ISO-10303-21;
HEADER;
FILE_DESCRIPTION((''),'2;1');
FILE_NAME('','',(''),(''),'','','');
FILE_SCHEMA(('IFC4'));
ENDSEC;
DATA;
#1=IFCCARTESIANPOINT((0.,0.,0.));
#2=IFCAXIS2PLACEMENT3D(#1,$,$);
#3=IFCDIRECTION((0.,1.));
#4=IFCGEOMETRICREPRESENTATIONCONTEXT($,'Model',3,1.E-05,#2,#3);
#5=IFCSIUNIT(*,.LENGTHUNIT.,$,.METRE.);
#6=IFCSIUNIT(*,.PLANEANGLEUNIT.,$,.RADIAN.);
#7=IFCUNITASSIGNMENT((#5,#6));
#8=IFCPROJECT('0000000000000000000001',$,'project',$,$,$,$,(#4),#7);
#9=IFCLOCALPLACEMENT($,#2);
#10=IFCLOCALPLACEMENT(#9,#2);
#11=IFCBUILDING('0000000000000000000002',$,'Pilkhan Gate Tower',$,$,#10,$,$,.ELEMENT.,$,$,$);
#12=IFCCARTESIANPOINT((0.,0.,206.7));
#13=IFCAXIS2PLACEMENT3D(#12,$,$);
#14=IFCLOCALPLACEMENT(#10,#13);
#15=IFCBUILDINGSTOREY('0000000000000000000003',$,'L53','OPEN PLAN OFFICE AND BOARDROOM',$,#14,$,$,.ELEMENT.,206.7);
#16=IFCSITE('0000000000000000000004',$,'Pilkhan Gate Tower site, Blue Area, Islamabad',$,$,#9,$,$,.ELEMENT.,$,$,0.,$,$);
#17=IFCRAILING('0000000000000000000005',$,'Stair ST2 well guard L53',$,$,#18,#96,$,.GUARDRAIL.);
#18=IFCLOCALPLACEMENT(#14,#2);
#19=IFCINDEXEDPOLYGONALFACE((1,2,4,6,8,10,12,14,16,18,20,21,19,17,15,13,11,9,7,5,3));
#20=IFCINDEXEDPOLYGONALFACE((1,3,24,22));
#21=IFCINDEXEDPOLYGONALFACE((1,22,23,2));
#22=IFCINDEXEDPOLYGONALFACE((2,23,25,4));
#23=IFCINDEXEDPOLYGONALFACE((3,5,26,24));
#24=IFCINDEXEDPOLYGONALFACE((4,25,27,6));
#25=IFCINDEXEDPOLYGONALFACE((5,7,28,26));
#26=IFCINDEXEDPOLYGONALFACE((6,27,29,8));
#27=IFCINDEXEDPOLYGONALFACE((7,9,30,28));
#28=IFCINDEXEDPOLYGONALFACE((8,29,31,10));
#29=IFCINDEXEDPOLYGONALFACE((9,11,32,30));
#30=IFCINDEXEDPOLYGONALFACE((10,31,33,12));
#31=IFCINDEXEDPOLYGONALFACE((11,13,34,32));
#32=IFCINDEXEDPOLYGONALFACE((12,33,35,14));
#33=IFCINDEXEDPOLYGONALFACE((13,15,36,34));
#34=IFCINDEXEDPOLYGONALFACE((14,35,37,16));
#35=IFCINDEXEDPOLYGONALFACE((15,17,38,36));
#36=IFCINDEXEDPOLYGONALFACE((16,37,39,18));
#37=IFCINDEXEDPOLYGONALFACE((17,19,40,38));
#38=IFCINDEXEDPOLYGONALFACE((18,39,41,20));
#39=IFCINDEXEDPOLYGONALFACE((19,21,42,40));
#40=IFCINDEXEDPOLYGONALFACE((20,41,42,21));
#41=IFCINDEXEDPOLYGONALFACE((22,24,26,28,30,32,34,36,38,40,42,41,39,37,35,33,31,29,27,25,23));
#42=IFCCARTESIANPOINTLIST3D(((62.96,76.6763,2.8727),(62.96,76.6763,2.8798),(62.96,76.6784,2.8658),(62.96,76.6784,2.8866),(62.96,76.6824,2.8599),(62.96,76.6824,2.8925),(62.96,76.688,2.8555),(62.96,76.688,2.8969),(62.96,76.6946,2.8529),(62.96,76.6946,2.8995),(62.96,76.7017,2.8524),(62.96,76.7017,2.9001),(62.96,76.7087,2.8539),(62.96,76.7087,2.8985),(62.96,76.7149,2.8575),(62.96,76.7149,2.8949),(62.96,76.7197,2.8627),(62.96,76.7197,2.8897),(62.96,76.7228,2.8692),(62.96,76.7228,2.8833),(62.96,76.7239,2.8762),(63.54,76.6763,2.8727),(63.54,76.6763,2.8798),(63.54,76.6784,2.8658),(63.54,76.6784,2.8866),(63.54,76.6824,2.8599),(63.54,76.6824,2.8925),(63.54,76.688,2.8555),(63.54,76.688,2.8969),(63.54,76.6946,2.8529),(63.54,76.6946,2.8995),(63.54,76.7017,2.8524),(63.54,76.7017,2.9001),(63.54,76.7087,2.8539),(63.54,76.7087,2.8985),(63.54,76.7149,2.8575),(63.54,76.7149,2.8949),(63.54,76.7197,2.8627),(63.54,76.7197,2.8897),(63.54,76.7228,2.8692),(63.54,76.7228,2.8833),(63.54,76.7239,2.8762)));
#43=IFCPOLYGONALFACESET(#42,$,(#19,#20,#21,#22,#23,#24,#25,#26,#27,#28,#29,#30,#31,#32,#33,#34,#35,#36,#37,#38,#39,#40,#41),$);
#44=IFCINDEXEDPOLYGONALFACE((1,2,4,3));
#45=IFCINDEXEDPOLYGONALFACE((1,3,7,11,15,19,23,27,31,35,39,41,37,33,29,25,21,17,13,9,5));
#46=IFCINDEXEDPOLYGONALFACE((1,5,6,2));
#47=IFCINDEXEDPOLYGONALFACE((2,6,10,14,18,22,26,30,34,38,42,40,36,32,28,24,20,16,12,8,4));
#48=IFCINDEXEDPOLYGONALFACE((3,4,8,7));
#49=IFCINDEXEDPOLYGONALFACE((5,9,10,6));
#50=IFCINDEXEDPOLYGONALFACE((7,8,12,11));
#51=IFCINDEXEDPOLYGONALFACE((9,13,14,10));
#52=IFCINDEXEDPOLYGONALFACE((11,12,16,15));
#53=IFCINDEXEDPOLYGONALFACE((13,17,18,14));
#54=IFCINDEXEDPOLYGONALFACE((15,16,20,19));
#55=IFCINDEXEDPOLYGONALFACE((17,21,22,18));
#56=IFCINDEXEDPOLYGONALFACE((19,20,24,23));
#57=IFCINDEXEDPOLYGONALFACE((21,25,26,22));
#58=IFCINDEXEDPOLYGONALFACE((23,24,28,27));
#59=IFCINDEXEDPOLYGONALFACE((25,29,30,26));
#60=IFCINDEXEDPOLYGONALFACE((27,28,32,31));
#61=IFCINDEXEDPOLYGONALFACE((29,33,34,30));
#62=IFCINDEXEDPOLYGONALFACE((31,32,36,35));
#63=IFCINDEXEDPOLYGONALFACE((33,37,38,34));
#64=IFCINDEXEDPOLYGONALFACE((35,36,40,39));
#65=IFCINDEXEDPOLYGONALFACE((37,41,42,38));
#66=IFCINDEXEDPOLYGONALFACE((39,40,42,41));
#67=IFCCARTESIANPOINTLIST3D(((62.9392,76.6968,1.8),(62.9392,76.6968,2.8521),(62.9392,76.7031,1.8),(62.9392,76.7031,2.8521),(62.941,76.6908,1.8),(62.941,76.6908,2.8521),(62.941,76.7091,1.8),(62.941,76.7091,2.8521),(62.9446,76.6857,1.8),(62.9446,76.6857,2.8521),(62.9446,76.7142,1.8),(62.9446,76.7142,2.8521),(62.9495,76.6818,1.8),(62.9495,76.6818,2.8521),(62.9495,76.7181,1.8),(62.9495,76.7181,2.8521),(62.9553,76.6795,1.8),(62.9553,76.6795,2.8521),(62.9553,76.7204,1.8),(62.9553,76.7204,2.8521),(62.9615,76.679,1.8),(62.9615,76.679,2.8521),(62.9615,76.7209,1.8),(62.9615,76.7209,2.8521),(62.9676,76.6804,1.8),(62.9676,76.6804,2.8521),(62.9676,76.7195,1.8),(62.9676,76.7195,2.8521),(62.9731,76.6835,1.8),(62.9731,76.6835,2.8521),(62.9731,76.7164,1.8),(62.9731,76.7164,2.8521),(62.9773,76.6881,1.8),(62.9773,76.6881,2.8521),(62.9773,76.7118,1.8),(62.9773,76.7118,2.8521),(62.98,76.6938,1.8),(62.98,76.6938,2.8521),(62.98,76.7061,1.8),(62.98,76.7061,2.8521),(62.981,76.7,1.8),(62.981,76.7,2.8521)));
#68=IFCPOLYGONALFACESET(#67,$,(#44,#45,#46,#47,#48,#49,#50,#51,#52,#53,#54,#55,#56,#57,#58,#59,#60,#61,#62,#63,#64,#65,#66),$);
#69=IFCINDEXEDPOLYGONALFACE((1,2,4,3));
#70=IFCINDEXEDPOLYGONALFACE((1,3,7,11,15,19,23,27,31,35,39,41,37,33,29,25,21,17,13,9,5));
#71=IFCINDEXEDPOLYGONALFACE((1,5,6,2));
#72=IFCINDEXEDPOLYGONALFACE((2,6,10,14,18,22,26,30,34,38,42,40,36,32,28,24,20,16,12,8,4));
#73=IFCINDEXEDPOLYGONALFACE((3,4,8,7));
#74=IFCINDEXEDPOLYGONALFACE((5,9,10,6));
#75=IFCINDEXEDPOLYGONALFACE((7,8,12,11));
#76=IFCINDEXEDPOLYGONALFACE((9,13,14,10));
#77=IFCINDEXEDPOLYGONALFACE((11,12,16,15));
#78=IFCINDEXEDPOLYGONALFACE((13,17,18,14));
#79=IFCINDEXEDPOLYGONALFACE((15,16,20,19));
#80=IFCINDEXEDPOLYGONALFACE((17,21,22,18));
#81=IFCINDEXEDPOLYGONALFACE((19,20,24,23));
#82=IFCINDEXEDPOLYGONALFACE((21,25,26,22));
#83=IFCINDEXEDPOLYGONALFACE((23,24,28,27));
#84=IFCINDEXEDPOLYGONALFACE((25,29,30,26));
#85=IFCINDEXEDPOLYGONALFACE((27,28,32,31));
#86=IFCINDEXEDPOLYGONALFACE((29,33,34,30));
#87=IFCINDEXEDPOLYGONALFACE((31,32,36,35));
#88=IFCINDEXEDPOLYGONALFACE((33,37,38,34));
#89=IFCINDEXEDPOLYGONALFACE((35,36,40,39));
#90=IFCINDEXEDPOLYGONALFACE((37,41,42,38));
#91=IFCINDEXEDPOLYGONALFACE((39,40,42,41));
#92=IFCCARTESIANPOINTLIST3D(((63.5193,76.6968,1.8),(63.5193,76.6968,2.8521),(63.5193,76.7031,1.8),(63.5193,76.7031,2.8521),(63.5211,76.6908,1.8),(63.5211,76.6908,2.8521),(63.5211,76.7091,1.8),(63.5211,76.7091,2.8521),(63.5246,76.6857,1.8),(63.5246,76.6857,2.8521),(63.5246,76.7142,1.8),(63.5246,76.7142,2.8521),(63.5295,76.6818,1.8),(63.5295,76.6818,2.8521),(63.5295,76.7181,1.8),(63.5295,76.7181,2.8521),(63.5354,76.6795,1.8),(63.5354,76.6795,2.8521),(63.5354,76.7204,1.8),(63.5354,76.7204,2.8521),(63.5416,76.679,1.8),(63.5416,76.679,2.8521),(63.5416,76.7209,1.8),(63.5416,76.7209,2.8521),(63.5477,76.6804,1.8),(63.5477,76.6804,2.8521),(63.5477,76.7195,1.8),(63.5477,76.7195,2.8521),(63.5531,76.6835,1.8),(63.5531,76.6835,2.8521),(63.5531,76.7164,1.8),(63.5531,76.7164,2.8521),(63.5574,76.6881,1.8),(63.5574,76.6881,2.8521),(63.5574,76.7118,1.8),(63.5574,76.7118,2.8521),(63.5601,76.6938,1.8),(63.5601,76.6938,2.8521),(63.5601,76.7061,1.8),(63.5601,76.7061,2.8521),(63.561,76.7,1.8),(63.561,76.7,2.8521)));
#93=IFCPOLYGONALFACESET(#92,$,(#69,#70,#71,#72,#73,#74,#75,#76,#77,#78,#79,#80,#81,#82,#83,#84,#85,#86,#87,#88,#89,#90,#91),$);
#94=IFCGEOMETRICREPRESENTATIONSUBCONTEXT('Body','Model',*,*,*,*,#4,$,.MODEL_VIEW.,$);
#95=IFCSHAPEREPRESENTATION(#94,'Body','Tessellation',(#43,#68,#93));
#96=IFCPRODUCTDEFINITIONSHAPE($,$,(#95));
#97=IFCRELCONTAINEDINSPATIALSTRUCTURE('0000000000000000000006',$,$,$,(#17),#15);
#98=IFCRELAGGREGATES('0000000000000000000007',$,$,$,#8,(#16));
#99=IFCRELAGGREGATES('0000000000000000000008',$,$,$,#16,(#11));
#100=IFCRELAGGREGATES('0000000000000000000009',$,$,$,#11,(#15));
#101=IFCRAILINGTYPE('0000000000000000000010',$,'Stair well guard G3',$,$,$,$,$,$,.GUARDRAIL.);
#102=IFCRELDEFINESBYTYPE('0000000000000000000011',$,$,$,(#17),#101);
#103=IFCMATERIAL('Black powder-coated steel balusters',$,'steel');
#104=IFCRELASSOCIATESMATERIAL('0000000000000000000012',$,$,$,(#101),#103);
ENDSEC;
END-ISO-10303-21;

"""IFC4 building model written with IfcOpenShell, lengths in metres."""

from ifc_helpers import new_model, si_unit, direction, frame, origin, origin_2d, place, context, subcontext, project, spatial, circle, extrude, material, type_object, element, save


model = new_model("IFC4")

# Units and contexts
model_context = context("Model", 3, precision=1e-05, world=origin(), true_north=direction((0.0, 1.0)))
body_context = subcontext(model_context, "Body", "Model", "MODEL_VIEW")
ifc_project = project(units=[si_unit("LENGTHUNIT", "METRE"), si_unit("PLANEANGLEUNIT", "RADIAN")], contexts=[model_context])

# Site, building, storey
site_placement = place(None, origin())
site = spatial("IfcSite", under=ifc_project, at=site_placement, Name="Pilkhan Gate Tower site, Blue Area, Islamabad", CompositionType="ELEMENT", RefElevation=0.0)
building_placement = place(site_placement, origin())
building = spatial("IfcBuilding", under=site, at=building_placement, Name="Pilkhan Gate Tower", CompositionType="ELEMENT")
storey_placement = place(building_placement, frame((0.0, 0.0, 206.7)))
storey = spatial("IfcBuildingStorey", under=building, at=storey_placement, Name="L53", Description="OPEN PLAN OFFICE AND BOARDROOM", CompositionType="ELEMENT", Elevation=206.7)

# Railing
ifc_material_1 = material(Name="Black powder-coated steel balusters", Category="steel")
railing_type_1 = type_object("IfcRailingType", Name="Stair well guard G3", PredefinedType="GUARDRAIL", material=ifc_material_1)
for number, where, name in (
    (1, (62.96, 76.7, 1.8), "Stair ST2 well guard L53"),
):
    element("IfcRailing", number, at=place(storey_placement, frame(where)), inside=storey, type_object=railing_type_1, Name=name, PredefinedType="GUARDRAIL", context=body_context, shape_type="SweptSolid", body=[
        extrude(circle(Radius=0.0239, at=origin_2d()), frame((0.0, 0.0, 1.0762), z_axis=(1.0, 0.0, 0.0), x_axis=(0.0, 1.0, 0.0)), (0.0, 0.0, 1.0), 0.5801),
        extrude(circle(Radius=0.021, at=origin_2d()), origin(), (0.0, 0.0, 1.0), 1.052),
        extrude(circle(Radius=0.021, at=origin_2d()), frame((0.5801, 0.0, 0.0)), (0.0, 0.0, 1.0), 1.052),
    ])

save(model, "model.ifc")
